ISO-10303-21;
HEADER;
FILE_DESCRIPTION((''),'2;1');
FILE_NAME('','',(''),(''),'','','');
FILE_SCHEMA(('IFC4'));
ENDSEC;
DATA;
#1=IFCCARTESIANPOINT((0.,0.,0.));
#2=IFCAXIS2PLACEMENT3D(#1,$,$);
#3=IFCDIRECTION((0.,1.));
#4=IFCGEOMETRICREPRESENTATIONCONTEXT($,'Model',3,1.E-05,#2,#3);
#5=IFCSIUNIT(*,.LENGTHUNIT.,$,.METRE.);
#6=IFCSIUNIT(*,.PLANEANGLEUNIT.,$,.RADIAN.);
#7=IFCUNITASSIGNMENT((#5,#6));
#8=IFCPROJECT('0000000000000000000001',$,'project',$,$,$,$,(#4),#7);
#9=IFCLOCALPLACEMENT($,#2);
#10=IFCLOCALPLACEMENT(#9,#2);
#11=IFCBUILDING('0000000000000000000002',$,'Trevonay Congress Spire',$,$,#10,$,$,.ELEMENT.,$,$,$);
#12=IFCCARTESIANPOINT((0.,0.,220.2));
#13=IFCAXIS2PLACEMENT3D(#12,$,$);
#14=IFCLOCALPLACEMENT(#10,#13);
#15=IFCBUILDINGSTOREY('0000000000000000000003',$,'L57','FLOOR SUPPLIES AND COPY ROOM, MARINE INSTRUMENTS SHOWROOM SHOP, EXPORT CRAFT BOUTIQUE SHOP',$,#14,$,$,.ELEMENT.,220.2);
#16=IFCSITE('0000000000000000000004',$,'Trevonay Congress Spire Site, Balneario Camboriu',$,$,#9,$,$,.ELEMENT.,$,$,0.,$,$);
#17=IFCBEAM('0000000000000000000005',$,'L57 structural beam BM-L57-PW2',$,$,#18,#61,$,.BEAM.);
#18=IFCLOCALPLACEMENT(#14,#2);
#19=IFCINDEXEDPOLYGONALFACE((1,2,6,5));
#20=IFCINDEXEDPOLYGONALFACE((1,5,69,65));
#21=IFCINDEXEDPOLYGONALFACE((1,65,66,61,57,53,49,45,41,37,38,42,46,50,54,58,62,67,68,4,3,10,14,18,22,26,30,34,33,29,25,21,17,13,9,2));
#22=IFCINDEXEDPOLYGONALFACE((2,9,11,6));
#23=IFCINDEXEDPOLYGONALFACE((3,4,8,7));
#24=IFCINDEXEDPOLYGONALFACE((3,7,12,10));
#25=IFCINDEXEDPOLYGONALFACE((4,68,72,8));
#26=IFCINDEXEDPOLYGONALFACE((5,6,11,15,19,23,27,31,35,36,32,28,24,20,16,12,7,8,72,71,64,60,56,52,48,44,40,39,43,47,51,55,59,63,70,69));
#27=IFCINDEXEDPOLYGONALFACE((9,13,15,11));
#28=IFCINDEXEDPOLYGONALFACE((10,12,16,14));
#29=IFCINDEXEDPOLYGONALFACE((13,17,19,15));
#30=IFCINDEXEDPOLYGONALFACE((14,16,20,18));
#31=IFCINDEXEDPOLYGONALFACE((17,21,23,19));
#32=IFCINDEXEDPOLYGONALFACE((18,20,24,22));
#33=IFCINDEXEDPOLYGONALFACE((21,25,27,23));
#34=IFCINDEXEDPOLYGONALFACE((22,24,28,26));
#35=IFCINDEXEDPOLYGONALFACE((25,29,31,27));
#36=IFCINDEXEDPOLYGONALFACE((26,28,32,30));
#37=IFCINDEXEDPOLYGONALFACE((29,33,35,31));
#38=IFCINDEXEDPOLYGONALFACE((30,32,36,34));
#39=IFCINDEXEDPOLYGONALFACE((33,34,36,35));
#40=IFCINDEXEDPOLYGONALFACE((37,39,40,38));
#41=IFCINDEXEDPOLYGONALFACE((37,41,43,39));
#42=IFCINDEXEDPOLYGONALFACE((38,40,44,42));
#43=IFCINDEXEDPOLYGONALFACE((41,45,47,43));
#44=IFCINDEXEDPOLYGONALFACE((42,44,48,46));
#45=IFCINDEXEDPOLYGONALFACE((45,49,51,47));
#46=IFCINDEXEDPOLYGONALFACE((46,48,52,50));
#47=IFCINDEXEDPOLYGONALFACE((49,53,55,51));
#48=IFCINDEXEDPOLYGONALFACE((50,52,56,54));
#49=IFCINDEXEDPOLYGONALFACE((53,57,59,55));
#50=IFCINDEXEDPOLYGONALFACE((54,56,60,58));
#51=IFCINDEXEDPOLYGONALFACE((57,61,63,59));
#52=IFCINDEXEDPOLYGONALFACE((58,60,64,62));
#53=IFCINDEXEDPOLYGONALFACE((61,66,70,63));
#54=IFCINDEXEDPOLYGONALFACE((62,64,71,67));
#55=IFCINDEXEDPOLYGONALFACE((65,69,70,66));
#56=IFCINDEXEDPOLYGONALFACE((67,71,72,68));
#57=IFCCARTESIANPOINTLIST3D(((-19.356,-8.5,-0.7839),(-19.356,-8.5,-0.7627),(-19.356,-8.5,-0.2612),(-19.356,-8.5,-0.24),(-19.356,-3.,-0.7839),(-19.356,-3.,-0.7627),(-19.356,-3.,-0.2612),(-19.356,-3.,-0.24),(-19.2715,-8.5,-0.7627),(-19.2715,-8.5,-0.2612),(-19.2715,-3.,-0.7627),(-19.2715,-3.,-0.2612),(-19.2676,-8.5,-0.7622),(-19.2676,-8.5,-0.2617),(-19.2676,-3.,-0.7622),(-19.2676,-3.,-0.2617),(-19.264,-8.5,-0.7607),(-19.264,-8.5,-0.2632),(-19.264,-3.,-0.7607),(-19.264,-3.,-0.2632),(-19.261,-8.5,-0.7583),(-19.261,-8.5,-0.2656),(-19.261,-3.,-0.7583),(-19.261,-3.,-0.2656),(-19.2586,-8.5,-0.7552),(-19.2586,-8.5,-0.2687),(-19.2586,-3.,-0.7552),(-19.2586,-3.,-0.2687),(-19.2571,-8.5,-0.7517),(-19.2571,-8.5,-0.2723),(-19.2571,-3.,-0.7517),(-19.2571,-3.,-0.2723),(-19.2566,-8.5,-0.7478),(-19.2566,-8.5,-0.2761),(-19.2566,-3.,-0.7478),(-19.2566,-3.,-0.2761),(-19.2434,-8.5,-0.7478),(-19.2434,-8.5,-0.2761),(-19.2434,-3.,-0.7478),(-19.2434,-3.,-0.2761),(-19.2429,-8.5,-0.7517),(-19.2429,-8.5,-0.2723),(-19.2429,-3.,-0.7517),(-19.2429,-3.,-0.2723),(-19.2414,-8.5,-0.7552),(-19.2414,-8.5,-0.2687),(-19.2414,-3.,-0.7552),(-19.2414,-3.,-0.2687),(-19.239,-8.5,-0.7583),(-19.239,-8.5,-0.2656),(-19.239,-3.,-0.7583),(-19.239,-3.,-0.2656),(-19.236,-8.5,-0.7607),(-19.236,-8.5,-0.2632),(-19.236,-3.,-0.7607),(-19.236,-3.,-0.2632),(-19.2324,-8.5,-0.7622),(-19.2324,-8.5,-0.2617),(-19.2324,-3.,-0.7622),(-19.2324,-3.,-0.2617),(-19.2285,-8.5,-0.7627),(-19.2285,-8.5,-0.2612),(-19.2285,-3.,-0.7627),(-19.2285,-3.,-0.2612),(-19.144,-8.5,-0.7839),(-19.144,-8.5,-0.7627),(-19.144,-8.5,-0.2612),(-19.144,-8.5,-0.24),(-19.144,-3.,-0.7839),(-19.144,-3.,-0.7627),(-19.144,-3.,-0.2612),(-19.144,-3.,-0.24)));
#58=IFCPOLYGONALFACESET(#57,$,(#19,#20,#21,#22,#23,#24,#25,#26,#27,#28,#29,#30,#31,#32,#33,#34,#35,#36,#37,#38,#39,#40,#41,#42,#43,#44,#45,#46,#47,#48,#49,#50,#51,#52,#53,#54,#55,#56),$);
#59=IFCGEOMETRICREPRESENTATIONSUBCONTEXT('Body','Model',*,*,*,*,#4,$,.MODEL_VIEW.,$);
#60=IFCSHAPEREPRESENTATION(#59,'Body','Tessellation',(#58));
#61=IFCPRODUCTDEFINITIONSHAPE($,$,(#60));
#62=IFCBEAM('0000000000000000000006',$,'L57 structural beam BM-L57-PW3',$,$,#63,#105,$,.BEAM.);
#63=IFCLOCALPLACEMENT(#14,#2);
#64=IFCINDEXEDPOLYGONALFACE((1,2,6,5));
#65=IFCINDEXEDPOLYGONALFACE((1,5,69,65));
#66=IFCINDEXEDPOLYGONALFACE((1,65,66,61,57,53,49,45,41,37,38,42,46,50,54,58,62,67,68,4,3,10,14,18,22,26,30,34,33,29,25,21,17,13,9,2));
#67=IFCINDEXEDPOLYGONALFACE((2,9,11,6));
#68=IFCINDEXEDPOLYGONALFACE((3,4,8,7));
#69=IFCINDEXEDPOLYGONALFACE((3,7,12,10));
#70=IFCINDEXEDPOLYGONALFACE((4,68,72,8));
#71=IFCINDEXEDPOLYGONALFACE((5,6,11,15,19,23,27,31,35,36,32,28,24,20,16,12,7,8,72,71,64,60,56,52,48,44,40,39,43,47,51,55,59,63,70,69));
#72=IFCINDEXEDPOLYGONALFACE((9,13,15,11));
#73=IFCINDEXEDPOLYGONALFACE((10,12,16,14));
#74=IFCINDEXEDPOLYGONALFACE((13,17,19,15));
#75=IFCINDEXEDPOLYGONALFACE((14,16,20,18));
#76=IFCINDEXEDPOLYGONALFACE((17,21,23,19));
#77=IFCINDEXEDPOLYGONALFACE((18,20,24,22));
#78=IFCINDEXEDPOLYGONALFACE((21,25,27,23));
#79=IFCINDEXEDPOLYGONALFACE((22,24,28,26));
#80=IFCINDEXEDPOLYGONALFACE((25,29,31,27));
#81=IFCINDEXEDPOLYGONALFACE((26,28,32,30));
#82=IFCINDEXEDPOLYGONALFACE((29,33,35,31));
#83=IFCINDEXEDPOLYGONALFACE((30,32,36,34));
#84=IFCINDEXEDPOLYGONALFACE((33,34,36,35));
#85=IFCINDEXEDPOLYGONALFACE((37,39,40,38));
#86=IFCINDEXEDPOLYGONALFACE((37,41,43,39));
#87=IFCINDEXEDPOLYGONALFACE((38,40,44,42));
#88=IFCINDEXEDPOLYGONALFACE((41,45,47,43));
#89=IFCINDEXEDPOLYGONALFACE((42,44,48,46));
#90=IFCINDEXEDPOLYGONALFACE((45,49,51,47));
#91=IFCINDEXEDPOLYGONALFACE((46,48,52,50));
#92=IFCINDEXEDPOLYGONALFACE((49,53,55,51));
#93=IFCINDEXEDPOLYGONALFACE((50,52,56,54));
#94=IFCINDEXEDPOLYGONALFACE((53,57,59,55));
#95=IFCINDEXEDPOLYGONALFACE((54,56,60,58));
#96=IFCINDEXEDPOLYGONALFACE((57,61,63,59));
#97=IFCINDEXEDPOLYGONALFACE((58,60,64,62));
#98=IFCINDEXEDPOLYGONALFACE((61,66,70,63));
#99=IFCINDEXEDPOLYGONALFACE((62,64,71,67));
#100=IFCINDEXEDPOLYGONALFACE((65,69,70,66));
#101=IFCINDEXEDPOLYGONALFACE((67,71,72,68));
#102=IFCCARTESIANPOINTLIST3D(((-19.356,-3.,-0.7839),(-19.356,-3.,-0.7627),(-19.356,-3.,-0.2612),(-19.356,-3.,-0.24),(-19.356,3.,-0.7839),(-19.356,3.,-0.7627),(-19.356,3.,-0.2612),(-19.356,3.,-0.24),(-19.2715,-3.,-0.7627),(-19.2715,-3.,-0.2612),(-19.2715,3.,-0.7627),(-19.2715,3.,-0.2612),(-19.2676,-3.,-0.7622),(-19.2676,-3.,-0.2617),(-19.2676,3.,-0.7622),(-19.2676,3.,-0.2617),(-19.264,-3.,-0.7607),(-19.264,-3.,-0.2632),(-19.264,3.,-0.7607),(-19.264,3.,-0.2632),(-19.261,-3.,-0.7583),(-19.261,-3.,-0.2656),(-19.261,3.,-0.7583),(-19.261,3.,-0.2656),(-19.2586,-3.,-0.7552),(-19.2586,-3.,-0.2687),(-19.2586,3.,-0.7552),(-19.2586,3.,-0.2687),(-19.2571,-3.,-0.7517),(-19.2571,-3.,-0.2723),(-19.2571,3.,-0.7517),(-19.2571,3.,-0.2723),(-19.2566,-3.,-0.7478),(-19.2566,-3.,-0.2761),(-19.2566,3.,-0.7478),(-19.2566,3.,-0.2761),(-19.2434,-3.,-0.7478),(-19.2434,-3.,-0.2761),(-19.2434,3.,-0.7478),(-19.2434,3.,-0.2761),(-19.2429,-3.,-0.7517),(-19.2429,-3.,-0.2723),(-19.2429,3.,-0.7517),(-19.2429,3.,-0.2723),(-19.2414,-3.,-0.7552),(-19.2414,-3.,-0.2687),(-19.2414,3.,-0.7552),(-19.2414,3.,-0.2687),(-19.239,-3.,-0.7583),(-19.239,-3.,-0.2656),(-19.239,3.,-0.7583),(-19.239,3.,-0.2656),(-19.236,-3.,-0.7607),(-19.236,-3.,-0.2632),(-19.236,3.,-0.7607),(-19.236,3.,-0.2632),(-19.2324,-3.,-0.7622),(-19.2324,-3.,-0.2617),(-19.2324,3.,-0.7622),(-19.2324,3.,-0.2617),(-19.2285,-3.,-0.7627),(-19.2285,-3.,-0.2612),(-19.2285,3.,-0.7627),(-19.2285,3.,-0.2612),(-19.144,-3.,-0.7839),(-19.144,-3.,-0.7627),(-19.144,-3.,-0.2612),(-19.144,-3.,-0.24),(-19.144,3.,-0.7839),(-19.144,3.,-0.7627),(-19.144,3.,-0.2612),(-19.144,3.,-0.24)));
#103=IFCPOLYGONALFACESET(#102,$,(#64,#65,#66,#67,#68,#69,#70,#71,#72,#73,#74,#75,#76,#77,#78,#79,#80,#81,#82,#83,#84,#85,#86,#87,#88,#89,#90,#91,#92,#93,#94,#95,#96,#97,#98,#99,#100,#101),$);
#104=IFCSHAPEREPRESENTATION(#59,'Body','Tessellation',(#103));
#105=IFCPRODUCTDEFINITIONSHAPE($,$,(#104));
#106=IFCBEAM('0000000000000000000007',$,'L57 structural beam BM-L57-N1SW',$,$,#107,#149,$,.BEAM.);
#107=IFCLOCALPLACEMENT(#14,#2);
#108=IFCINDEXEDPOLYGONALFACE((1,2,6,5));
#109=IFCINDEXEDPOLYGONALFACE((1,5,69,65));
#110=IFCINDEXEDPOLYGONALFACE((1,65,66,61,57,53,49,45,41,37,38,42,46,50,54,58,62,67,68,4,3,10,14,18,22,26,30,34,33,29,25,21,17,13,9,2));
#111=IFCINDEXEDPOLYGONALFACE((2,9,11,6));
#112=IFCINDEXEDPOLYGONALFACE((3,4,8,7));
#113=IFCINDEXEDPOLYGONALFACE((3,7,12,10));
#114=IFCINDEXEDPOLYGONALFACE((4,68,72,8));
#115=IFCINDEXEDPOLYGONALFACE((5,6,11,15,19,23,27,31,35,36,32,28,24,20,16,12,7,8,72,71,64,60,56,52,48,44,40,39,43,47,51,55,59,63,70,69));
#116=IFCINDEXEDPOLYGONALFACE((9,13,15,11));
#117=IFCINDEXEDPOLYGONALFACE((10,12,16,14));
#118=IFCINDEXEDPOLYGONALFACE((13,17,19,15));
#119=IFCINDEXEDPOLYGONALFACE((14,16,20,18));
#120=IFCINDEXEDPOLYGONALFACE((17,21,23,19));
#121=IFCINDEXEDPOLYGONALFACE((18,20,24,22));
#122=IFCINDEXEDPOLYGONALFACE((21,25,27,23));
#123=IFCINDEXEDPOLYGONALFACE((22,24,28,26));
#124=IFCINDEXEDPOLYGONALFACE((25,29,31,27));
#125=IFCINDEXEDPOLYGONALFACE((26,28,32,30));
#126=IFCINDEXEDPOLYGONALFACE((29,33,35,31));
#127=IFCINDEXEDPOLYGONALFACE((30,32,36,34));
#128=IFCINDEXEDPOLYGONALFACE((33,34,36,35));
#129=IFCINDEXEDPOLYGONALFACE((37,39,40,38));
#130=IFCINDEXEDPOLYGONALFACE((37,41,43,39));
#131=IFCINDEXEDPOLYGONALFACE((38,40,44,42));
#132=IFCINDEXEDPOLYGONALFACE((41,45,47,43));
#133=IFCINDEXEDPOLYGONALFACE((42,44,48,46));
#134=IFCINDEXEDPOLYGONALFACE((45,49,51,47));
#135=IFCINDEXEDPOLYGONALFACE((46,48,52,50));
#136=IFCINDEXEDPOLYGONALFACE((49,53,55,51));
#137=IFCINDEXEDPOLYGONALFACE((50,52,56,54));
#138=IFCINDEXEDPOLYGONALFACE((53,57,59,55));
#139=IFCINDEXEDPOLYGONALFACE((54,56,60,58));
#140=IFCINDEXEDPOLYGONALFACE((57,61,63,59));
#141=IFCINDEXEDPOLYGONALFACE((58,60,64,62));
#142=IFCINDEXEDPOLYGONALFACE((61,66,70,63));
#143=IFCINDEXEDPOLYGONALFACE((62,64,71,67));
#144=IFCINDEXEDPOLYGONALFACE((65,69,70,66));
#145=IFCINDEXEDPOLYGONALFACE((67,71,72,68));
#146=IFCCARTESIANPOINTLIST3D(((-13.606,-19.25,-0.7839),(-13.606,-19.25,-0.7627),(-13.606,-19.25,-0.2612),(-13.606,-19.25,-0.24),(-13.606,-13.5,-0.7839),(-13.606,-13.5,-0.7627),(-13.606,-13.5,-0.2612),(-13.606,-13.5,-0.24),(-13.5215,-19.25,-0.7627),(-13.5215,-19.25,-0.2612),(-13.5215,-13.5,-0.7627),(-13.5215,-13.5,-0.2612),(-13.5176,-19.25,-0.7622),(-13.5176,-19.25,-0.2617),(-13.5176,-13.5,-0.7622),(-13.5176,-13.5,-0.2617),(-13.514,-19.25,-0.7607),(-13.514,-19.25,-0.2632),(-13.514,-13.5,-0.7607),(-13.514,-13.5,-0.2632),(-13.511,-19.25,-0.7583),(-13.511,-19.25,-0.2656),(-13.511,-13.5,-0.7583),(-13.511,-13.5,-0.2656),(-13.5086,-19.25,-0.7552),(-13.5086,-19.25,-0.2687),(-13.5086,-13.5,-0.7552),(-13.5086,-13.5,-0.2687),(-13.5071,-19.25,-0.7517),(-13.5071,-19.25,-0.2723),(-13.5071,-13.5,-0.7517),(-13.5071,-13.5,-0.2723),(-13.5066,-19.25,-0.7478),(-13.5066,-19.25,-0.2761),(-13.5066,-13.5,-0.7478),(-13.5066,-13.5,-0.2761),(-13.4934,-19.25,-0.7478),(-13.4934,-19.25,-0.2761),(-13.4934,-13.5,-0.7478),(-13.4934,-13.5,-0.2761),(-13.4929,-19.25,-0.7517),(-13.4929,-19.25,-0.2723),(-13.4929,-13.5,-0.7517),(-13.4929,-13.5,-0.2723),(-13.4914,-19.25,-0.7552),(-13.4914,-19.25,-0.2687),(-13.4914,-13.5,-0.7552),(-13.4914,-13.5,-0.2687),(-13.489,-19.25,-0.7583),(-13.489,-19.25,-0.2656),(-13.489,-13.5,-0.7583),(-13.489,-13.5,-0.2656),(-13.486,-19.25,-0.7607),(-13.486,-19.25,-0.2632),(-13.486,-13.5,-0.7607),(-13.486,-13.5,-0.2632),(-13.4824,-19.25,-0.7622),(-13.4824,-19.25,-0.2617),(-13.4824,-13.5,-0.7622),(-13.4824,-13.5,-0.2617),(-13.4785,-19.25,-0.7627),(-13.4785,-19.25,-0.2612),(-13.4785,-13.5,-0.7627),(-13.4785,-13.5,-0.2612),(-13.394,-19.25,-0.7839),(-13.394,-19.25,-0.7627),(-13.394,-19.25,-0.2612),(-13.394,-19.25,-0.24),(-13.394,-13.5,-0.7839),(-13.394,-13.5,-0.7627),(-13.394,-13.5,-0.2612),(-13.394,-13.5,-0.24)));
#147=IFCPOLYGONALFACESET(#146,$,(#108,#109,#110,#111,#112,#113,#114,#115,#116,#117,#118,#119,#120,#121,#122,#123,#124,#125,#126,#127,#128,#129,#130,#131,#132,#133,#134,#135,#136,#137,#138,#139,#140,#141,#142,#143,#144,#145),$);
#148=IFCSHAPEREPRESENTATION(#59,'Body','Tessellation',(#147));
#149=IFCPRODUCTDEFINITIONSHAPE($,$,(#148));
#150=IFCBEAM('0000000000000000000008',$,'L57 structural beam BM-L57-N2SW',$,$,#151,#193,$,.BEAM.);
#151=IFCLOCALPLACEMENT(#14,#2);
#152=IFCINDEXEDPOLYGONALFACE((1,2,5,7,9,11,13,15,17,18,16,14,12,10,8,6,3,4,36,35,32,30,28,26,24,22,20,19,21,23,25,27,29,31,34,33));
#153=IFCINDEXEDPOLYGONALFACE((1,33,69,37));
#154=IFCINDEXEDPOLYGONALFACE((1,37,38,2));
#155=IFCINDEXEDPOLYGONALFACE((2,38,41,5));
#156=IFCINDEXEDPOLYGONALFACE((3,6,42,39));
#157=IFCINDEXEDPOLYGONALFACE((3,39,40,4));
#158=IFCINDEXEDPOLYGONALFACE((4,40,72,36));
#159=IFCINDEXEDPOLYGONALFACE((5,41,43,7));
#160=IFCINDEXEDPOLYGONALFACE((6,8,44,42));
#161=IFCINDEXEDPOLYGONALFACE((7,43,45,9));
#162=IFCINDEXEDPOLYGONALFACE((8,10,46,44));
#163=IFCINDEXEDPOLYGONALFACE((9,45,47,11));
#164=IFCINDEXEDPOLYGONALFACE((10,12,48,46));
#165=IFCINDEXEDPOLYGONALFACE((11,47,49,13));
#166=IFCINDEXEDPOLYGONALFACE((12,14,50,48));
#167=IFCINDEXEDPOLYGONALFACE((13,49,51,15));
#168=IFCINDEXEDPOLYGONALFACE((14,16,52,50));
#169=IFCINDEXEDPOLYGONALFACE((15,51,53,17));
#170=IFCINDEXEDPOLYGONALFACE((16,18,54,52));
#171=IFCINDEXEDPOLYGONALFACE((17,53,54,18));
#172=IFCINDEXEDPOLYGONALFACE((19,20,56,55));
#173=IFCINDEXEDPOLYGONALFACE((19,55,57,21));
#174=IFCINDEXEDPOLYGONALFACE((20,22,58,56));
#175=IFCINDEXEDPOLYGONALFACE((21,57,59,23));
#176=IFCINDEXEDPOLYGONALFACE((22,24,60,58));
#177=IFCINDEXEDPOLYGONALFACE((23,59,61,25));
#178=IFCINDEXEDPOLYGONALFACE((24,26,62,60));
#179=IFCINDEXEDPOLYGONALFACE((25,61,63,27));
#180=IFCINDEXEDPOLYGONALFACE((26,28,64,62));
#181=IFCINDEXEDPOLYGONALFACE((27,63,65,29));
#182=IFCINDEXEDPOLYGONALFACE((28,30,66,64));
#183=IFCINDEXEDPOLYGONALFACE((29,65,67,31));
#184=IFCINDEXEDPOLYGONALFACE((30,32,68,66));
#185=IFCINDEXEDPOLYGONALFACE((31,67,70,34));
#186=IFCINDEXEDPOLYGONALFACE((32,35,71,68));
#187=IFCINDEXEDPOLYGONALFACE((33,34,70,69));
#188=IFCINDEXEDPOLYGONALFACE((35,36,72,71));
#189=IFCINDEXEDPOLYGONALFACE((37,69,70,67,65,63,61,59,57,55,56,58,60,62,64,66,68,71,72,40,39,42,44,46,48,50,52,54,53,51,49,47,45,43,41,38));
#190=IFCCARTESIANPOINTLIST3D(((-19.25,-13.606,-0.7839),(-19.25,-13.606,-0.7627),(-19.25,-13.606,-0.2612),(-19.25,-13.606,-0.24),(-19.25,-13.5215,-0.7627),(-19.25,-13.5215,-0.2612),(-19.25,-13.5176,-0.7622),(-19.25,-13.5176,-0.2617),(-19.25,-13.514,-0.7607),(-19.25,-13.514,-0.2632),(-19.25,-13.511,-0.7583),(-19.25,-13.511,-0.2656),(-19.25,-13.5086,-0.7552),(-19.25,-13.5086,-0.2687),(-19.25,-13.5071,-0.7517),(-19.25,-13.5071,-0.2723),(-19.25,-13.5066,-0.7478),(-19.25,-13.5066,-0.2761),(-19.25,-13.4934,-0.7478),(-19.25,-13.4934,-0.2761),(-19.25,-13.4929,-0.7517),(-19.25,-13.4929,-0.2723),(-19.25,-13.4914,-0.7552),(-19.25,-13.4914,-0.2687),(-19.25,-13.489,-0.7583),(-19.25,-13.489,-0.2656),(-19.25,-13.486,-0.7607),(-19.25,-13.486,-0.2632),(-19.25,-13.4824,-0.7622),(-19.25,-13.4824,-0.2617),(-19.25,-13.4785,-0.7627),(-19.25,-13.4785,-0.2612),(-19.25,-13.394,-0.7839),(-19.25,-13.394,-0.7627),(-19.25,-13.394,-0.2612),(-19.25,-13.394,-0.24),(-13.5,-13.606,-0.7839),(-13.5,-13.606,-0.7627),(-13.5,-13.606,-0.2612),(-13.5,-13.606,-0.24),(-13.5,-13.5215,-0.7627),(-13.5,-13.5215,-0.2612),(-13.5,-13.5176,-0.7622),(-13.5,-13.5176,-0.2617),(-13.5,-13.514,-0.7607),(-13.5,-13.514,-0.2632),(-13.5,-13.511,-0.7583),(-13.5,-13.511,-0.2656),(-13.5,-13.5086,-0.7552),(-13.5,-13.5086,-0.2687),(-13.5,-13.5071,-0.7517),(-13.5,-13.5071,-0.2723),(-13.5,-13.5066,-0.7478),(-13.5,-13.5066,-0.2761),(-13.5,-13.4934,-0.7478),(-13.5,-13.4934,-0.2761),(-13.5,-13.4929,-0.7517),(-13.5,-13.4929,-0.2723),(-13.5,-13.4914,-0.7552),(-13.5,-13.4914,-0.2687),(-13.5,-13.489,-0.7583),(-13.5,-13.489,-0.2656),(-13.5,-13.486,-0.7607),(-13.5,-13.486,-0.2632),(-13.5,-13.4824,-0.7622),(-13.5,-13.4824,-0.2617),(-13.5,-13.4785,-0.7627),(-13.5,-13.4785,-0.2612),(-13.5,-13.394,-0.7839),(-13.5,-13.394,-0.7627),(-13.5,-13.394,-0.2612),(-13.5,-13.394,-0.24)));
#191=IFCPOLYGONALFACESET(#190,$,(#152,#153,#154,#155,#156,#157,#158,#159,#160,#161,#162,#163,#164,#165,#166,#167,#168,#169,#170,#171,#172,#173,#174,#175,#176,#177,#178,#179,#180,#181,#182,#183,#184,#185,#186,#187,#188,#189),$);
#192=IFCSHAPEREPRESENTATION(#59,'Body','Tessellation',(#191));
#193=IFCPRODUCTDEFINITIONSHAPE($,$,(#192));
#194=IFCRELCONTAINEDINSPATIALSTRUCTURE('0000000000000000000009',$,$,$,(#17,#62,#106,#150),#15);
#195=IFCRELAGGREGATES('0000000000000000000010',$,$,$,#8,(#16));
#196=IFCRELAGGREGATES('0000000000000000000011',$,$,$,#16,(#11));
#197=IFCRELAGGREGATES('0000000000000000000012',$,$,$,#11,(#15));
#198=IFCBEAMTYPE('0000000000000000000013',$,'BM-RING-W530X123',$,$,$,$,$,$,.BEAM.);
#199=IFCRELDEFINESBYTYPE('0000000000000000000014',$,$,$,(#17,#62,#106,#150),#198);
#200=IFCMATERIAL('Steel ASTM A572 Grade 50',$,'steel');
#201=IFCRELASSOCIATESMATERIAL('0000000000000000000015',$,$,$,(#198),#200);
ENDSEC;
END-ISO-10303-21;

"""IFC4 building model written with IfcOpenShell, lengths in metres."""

from ifc_helpers import new_model, si_unit, direction, frame, origin, origin_2d, place, context, subcontext, project, spatial, i_section, extrude, material, material_profile, profile_set, type_object, element, save


model = new_model("IFC4")

# Units and contexts
model_context = context("Model", 3, precision=1e-05, world=origin(), true_north=direction((0.0, 1.0)))
body_context = subcontext(model_context, "Body", "Model", "MODEL_VIEW")
ifc_project = project(units=[si_unit("LENGTHUNIT", "METRE"), si_unit("PLANEANGLEUNIT", "RADIAN")], contexts=[model_context])

# Site, building, storey
site_placement = place(None, origin())
site = spatial("IfcSite", under=ifc_project, at=site_placement, Name="Trevonay Congress Spire Site, Balneario Camboriu", CompositionType="ELEMENT", RefElevation=0.0)
building_placement = place(site_placement, origin())
building = spatial("IfcBuilding", under=site, at=building_placement, Name="Trevonay Congress Spire", CompositionType="ELEMENT")
storey_placement = place(building_placement, frame((0.0, 0.0, 220.2)))
storey = spatial("IfcBuildingStorey", under=building, at=storey_placement, Name="L57", Description="FLOOR SUPPLIES AND COPY ROOM, MARINE INSTRUMENTS SHOWROOM SHOP, EXPORT CRAFT BOUTIQUE SHOP", CompositionType="ELEMENT", Elevation=220.2)

# Shared definitions
ifc_material_1 = material(Name="Steel ASTM A572 Grade 50", Category="steel")

# Beams
ifc_material_profile_1 = material_profile(ifc_material_1, i_section(OverallWidth=0.2119, OverallDepth=0.5439, WebThickness=0.0132, FlangeThickness=0.0212, FilletRadius=0.0149, at=origin_2d()), Name="W530x123")
ifc_profile_set_1 = profile_set([ifc_material_profile_1], Name="Steel ASTM A572 Grade 50")
beam_type_1 = type_object("IfcBeamType", Name="BM-RING-W530X123", PredefinedType="BEAM", material=ifc_profile_set_1)
beam_1_placement = place(storey_placement, frame((-19.25, -8.5, -0.512), z_axis=(0.0, 1.0, 0.0), x_axis=(-1.0, 0.0, 0.0)))
element("IfcBeam", 1, at=beam_1_placement, inside=storey, type_object=beam_type_1, Name="L57 structural beam BM-L57-PW2", PredefinedType="BEAM", context=body_context, shape_type="SweptSolid", body=[
    extrude(i_section(OverallWidth=0.2119, OverallDepth=0.5439, WebThickness=0.0132, FlangeThickness=0.0212, FilletRadius=0.0149, at=origin_2d()), origin(), (0.0, 0.0, 1.0), 5.5),
])
beam_2_placement = place(storey_placement, frame((-19.25, -3.0, -0.512), z_axis=(0.0, 1.0, 0.0), x_axis=(-1.0, 0.0, 0.0)))
element("IfcBeam", 2, at=beam_2_placement, inside=storey, type_object=beam_type_1, Name="L57 structural beam BM-L57-PW3", PredefinedType="BEAM", context=body_context, shape_type="SweptSolid", body=[
    extrude(i_section(OverallWidth=0.2119, OverallDepth=0.5439, WebThickness=0.0132, FlangeThickness=0.0212, FilletRadius=0.0149, at=origin_2d()), origin(), (0.0, 0.0, 1.0), 6.0),
])
for number, where, z_axis, x_axis, name in (
    (3, (-13.5, -19.25, -0.512), (0.0, 1.0, 0.0), (-1.0, 0.0, 0.0), "L57 structural beam BM-L57-N1SW"),
    (4, (-19.25, -13.5, -0.512), (1.0, 0.0, 0.0), (0.0, 1.0, 0.0), "L57 structural beam BM-L57-N2SW"),
):
    element("IfcBeam", number, at=place(storey_placement, frame(where, z_axis=z_axis, x_axis=x_axis)), inside=storey, type_object=beam_type_1, Name=name, PredefinedType="BEAM", context=body_context, shape_type="SweptSolid", body=[
        extrude(i_section(OverallWidth=0.2119, OverallDepth=0.5439, WebThickness=0.0132, FlangeThickness=0.0212, FilletRadius=0.0149, at=origin_2d()), origin(), (0.0, 0.0, 1.0), 5.75),
    ])

save(model, "model.ifc")
